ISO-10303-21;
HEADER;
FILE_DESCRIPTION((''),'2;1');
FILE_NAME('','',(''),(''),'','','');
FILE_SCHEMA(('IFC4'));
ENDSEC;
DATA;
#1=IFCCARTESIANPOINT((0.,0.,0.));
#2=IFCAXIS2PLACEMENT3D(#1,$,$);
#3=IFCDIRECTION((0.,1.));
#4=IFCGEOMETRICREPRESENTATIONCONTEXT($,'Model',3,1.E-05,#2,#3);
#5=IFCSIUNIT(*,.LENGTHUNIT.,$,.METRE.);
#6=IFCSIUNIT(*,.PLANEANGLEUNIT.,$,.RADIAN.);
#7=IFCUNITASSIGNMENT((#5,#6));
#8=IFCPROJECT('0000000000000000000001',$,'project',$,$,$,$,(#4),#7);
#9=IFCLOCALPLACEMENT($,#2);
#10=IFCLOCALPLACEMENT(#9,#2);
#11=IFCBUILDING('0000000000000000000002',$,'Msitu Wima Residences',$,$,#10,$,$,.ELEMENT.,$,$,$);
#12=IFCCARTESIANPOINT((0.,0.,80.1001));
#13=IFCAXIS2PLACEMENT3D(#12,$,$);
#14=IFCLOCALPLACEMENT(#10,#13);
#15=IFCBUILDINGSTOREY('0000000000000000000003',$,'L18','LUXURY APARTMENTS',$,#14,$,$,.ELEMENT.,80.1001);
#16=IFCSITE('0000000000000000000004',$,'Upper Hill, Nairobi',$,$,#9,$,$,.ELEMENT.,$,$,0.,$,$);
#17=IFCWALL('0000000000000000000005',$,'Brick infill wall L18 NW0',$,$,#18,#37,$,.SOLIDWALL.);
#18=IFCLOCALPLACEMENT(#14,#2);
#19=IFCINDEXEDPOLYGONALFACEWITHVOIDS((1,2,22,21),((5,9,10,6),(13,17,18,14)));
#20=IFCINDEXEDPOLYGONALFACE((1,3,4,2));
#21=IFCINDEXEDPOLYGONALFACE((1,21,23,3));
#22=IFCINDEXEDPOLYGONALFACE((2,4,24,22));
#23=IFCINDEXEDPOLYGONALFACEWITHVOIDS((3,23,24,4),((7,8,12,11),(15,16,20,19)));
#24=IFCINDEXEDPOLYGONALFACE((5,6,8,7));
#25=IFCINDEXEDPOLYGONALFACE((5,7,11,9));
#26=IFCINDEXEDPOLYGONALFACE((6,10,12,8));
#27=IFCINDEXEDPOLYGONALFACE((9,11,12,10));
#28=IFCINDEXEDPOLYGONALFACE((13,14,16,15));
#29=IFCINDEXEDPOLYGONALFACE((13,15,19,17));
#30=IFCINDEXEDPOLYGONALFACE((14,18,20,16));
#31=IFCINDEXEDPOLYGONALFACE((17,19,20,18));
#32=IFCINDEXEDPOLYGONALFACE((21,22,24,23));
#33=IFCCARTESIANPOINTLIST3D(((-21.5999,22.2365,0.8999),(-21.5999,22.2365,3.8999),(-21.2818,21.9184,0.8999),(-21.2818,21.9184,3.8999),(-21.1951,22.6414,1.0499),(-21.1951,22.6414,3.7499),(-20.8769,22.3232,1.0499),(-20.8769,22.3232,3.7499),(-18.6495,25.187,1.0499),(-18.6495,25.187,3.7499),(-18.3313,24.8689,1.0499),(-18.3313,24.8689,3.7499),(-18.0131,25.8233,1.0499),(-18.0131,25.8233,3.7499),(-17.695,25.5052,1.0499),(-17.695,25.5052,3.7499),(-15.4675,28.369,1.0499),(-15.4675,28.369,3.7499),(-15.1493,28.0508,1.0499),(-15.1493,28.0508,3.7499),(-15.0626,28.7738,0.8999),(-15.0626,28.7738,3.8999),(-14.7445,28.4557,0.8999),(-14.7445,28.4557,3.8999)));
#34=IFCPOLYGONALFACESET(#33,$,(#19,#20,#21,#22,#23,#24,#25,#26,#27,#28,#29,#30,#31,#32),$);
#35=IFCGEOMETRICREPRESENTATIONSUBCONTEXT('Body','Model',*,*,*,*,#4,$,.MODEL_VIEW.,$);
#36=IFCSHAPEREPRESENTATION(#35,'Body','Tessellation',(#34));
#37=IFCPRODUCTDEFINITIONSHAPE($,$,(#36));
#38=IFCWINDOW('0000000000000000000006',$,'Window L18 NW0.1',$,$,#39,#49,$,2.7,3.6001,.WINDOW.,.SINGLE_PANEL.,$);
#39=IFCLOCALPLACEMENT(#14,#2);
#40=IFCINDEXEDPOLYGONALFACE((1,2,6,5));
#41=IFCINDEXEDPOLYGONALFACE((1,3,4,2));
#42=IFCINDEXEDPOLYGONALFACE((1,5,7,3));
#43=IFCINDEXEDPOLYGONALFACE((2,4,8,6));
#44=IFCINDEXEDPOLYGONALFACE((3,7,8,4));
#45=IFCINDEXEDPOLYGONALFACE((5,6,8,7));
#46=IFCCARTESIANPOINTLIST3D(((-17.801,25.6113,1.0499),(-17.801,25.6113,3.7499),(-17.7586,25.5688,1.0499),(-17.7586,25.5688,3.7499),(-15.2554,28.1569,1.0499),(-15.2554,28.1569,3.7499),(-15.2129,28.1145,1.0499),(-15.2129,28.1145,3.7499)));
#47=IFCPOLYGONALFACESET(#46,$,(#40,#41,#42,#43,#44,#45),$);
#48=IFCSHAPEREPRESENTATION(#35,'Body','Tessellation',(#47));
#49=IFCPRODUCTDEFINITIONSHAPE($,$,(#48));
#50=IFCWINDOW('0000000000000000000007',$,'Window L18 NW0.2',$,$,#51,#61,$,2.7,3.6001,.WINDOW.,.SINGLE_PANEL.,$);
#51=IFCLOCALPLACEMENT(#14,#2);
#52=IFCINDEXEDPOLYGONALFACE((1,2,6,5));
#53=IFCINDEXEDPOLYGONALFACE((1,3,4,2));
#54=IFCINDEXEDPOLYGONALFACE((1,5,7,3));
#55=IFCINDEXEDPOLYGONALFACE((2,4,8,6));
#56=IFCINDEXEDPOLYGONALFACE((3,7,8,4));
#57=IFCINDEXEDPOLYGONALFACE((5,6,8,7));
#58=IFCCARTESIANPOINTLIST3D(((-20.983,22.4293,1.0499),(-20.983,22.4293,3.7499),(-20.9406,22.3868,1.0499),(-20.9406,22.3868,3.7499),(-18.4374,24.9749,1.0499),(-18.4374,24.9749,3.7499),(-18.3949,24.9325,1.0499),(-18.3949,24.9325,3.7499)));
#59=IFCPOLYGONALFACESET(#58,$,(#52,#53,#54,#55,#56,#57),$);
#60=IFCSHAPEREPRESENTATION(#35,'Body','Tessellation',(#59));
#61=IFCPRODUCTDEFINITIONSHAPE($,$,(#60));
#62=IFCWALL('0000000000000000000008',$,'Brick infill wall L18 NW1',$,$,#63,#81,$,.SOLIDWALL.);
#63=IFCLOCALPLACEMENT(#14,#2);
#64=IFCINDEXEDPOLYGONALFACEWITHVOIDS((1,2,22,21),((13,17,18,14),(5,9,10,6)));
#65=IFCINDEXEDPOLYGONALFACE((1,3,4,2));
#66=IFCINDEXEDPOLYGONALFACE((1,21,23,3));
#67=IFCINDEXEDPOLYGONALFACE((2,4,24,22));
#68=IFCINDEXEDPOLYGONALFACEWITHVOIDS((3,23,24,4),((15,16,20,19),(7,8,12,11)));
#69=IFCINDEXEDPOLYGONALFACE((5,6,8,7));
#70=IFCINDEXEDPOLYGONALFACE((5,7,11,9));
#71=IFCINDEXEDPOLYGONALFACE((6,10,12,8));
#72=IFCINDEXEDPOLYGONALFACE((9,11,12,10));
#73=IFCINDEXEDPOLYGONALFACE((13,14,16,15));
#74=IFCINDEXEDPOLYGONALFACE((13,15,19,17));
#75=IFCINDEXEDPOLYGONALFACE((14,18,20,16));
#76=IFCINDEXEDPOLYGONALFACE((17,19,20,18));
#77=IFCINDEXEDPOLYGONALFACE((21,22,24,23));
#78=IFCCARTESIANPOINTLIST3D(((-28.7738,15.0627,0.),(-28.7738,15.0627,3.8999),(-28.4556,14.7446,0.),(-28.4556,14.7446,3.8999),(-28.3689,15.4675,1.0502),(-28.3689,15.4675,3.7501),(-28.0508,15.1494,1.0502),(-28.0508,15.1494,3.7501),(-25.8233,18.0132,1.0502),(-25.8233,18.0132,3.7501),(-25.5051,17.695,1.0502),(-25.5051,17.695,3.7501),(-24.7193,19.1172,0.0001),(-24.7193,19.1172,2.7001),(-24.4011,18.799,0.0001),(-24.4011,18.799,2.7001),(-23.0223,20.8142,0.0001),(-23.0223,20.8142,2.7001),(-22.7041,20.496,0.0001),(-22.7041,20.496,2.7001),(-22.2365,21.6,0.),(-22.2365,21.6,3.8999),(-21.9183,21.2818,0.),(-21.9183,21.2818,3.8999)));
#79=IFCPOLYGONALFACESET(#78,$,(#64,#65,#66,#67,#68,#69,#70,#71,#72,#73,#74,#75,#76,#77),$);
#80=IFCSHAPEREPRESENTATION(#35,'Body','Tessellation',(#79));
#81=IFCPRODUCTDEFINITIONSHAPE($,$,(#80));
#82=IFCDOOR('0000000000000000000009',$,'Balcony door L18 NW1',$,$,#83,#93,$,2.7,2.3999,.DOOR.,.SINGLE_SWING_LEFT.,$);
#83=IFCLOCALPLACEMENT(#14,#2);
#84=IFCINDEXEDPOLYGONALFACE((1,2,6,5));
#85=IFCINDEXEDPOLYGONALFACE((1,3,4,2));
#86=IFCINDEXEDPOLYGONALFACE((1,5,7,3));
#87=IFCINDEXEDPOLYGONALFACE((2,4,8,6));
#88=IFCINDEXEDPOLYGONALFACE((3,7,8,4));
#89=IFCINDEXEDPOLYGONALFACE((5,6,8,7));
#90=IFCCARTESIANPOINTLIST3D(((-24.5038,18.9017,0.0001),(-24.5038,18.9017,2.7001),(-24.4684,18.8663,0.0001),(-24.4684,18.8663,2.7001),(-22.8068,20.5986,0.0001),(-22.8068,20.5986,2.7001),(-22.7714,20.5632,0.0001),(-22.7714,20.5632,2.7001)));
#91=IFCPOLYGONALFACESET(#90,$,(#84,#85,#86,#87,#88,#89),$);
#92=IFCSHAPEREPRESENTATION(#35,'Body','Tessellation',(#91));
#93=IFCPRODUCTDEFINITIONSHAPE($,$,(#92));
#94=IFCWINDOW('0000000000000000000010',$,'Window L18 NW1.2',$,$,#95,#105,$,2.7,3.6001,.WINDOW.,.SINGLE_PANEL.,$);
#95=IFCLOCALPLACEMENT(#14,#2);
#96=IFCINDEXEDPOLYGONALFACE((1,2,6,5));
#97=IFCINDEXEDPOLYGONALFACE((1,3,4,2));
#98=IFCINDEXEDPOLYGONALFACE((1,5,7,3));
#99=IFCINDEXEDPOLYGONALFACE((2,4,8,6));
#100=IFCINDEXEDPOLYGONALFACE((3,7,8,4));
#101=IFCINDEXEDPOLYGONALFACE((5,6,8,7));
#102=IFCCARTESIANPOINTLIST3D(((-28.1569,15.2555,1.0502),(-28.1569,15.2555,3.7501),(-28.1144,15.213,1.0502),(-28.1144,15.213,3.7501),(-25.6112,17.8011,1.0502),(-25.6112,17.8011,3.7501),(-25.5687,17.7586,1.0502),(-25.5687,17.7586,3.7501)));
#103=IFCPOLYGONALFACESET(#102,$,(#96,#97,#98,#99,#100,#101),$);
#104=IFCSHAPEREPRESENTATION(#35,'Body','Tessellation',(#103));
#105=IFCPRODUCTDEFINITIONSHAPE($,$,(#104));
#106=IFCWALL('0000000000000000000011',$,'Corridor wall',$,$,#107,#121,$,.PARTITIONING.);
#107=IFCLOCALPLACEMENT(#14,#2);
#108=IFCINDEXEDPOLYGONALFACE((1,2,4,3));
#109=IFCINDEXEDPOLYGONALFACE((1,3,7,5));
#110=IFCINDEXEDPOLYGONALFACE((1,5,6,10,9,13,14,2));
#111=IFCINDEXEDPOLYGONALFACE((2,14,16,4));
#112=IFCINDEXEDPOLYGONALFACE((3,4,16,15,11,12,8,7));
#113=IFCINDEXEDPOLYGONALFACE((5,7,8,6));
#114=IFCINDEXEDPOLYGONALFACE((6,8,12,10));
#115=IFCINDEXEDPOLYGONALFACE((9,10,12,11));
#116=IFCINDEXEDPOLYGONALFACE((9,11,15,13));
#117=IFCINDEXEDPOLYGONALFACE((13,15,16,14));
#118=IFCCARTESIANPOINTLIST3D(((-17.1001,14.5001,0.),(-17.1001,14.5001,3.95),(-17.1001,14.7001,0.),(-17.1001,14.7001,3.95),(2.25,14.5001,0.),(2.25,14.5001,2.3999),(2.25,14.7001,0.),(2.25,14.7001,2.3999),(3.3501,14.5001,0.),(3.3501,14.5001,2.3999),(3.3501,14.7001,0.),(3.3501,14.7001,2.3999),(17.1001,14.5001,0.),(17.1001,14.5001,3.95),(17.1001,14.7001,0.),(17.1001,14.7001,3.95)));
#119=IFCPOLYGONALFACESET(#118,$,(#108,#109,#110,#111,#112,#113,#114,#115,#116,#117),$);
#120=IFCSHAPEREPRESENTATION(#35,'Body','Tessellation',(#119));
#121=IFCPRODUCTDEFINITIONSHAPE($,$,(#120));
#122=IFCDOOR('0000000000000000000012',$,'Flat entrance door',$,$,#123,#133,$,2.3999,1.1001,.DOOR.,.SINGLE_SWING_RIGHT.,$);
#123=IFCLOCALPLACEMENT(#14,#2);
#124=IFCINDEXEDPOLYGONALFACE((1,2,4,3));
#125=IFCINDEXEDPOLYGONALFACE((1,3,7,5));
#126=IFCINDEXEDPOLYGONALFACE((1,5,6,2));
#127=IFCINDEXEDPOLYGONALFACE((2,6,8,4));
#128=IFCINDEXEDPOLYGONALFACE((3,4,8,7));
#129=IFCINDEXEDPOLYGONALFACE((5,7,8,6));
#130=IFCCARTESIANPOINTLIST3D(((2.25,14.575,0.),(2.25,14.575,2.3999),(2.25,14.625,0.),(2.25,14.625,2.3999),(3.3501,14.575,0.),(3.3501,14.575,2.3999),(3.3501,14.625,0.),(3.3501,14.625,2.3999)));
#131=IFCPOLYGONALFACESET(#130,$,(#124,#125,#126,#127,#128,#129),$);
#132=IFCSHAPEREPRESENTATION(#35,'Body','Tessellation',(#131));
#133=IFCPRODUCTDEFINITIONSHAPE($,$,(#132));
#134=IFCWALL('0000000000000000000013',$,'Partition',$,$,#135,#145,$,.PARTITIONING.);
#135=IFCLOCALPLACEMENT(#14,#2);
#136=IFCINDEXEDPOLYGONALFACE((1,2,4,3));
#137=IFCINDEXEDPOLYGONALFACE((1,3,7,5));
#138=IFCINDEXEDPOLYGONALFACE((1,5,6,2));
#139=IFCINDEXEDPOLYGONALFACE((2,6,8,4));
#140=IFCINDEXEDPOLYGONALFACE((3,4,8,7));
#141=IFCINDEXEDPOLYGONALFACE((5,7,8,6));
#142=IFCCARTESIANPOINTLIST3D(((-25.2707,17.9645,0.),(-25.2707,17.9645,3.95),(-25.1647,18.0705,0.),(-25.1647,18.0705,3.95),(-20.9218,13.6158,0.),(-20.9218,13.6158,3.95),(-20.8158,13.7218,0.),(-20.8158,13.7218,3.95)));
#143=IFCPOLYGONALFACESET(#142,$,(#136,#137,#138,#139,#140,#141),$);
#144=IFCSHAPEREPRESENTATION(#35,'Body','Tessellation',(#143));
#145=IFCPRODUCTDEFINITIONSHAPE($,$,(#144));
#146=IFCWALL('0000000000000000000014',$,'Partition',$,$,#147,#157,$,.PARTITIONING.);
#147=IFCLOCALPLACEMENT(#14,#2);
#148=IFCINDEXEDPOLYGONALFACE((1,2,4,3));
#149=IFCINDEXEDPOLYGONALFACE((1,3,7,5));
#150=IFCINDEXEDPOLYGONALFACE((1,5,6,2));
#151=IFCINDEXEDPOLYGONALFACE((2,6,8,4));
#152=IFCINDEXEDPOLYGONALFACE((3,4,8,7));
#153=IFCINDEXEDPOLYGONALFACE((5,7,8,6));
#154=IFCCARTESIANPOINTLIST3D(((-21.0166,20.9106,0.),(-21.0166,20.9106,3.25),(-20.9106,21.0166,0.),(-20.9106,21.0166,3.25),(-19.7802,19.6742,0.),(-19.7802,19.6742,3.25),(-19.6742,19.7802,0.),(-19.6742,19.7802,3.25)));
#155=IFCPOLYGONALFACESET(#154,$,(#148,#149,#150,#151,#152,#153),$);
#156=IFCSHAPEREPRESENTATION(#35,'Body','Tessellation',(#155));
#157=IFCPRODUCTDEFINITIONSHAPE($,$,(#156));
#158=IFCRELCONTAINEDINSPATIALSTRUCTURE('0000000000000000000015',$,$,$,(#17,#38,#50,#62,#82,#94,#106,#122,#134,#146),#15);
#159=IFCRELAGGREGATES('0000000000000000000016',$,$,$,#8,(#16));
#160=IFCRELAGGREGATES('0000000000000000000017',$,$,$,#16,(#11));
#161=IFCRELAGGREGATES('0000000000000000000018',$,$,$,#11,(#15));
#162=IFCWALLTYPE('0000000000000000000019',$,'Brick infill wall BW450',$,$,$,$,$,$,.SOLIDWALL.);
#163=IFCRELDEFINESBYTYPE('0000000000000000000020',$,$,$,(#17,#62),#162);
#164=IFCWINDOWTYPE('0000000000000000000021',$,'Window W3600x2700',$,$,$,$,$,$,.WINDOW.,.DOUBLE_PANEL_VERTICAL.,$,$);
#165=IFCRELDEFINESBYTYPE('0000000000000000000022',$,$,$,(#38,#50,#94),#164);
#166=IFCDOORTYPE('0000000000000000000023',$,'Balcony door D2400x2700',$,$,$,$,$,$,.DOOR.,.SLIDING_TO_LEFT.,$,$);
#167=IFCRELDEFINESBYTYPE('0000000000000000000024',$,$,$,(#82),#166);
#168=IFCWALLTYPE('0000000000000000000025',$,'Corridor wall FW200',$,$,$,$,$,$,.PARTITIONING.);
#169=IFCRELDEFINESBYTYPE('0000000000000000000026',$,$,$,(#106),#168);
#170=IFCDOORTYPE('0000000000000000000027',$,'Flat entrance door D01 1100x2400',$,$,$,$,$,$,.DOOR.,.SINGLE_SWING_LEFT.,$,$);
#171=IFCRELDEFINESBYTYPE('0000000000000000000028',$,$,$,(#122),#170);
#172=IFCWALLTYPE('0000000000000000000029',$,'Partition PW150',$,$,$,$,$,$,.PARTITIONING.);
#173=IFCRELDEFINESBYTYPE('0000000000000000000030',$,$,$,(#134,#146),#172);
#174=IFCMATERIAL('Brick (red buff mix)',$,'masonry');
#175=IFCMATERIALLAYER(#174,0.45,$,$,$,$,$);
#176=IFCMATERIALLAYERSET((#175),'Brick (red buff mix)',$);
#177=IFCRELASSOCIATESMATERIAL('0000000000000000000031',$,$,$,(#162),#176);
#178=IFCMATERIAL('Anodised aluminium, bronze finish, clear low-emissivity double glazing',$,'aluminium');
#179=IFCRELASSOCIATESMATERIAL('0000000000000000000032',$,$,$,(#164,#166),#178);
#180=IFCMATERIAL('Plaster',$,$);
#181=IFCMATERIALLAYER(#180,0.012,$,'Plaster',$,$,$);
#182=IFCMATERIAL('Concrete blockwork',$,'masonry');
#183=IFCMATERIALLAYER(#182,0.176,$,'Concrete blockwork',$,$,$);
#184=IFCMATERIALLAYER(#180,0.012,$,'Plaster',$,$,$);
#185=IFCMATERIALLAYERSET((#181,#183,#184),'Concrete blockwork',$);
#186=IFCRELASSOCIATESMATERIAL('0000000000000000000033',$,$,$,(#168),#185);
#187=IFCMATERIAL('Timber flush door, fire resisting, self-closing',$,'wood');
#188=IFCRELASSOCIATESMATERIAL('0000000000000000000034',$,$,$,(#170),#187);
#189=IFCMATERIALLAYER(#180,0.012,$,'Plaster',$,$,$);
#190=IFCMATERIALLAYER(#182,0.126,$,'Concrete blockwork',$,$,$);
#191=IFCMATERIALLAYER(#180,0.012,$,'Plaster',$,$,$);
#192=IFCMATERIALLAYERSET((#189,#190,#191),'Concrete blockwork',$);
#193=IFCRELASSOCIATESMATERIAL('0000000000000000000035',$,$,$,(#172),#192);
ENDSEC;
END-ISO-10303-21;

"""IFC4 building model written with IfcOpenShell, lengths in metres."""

from ifc_helpers import new_model, si_unit, direction, frame, frame_2d, origin, place, context, subcontext, project, spatial, rectangle, extrude, material, layer, layer_set, type_object, element, fill, save


model = new_model("IFC4")

# Units and contexts
model_context = context("Model", 3, precision=1e-05, world=origin(), true_north=direction((0.0, 1.0)))
body_context = subcontext(model_context, "Body", "Model", "MODEL_VIEW")
ifc_project = project(units=[si_unit("LENGTHUNIT", "METRE"), si_unit("PLANEANGLEUNIT", "RADIAN")], contexts=[model_context])

# Site, building, storey
site_placement = place(None, origin())
site = spatial("IfcSite", under=ifc_project, at=site_placement, Name="Upper Hill, Nairobi", CompositionType="ELEMENT", RefElevation=0.0)
building_placement = place(site_placement, origin())
building = spatial("IfcBuilding", under=site, at=building_placement, Name="Msitu Wima Residences", CompositionType="ELEMENT")
storey_placement = place(building_placement, frame((0.0, 0.0, 80.1001)))
storey = spatial("IfcBuildingStorey", under=building, at=storey_placement, Name="L18", Description="LUXURY APARTMENTS", CompositionType="ELEMENT", Elevation=80.1001)

# Wall, openings, windows
ifc_material_1 = material(Name="Brick (red buff mix)", Category="masonry")
ifc_layer_1 = layer(ifc_material_1, 0.45)
ifc_layer_set_1 = layer_set([ifc_layer_1], Name="Brick (red buff mix)")
wall_type_1 = type_object("IfcWallType", Name="Brick infill wall BW450", PredefinedType="SOLIDWALL", material=ifc_layer_set_1)
wall_1_placement = place(storey_placement, frame((-14.9036, 28.6147, 0.8999), z_axis=(0.0, 0.0, 1.0), x_axis=(-0.707107, -0.707107, 0.0)))
wall_1 = element("IfcWall", 1, at=wall_1_placement, inside=storey, type_object=wall_type_1, Name="Brick infill wall L18 NW0", PredefinedType="SOLIDWALL", context=body_context, shape_type="SweptSolid", body=[
    extrude(rectangle(XDim=9.2451, YDim=0.45, at=frame_2d((4.6226, 0.0))), origin(), (0.0, 0.0, 1.0), 3.0),
])
opening_1_placement = place(wall_1_placement, frame((0.5725, 0.0, 0.1499)))
opening_1 = element("IfcOpeningElement", 2, at=opening_1_placement, cuts=wall_1, PredefinedType="OPENING", context=body_context, shape_type="SweptSolid", body=[
    extrude(rectangle(XDim=3.6001, YDim=2.7, at=frame_2d((1.8, 1.3501))), frame((0.0, 0.2349, 0.0), z_axis=(0.0, -1.0, 0.0), x_axis=(1.0, 0.0, 0.0)), (0.0, 0.0, 1.0), 0.47),
])
opening_2_placement = place(wall_1_placement, frame((5.0725, 0.0, 0.1499)))
opening_2 = element("IfcOpeningElement", 3, at=opening_2_placement, cuts=wall_1, PredefinedType="OPENING", context=body_context, shape_type="SweptSolid", body=[
    extrude(rectangle(XDim=3.6001, YDim=2.7, at=frame_2d((1.8, 1.3501))), frame((0.0, 0.2349, 0.0), z_axis=(0.0, -1.0, 0.0), x_axis=(1.0, 0.0, 0.0)), (0.0, 0.0, 1.0), 0.47),
])
ifc_material_2 = material(Name="Anodised aluminium, bronze finish, clear low-emissivity double glazing", Category="aluminium")
window_type = type_object("IfcWindowType", Name="Window W3600x2700", PartitioningType="DOUBLE_PANEL_VERTICAL", PredefinedType="WINDOW", material=ifc_material_2)
window_1_placement = place(opening_1_placement, origin())
window_1 = element("IfcWindow", 4, at=window_1_placement, inside=storey, type_object=window_type, Name="Window L18 NW0.1", OverallHeight=2.7, OverallWidth=3.6001, PartitioningType="SINGLE_PANEL", PredefinedType="WINDOW", context=body_context, shape_type="SweptSolid", body=[
    extrude(rectangle(XDim=3.6001, YDim=2.7, at=frame_2d((1.8, 1.3501))), frame((0.0, 0.135, 0.0), z_axis=(0.0, -1.0, 0.0), x_axis=(1.0, 0.0, 0.0)), (0.0, 0.0, 1.0), 0.0601),
])
fill(opening_1, window_1)
window_2_placement = place(opening_2_placement, origin())
window_2 = element("IfcWindow", 5, at=window_2_placement, inside=storey, type_object=window_type, Name="Window L18 NW0.2", OverallHeight=2.7, OverallWidth=3.6001, PartitioningType="SINGLE_PANEL", PredefinedType="WINDOW", context=body_context, shape_type="SweptSolid", body=[
    extrude(rectangle(XDim=3.6001, YDim=2.7, at=frame_2d((1.8, 1.3501))), frame((0.0, 0.135, 0.0), z_axis=(0.0, -1.0, 0.0), x_axis=(1.0, 0.0, 0.0)), (0.0, 0.0, 1.0), 0.0601),
])
fill(opening_2, window_2)

# Wall, openings, door, window
wall_2_placement = place(storey_placement, frame((-22.0774, 21.4409, 0.0), z_axis=(0.0, 0.0, 1.0), x_axis=(-0.707107, -0.707107, 0.0)))
wall_2 = element("IfcWall", 6, at=wall_2_placement, inside=storey, type_object=wall_type_1, Name="Brick infill wall L18 NW1", PredefinedType="SOLIDWALL", context=body_context, shape_type="SweptSolid", body=[
    extrude(rectangle(XDim=9.2451, YDim=0.45, at=frame_2d((4.6226, 0.0))), origin(), (0.0, 0.0, 1.0), 3.8999),
])
opening_3_placement = place(wall_2_placement, frame((1.1113, 0.0, 0.0)))
opening_3 = element("IfcOpeningElement", 7, at=opening_3_placement, cuts=wall_2, PredefinedType="OPENING", context=body_context, shape_type="SweptSolid", body=[
    extrude(rectangle(XDim=2.3999, YDim=2.7, at=frame_2d((1.2, 1.3501))), frame((0.0, 0.2349, 0.0), z_axis=(0.0, -1.0, 0.0), x_axis=(1.0, 0.0, 0.0)), (0.0, 0.0, 1.0), 0.47),
])
opening_4_placement = place(wall_2_placement, frame((5.0725, 0.0, 1.05)))
opening_4 = element("IfcOpeningElement", 8, at=opening_4_placement, cuts=wall_2, PredefinedType="OPENING", context=body_context, shape_type="SweptSolid", body=[
    extrude(rectangle(XDim=3.6001, YDim=2.7, at=frame_2d((1.8, 1.3501))), frame((0.0, 0.2349, 0.0), z_axis=(0.0, -1.0, 0.0), x_axis=(1.0, 0.0, 0.0)), (0.0, 0.0, 1.0), 0.47),
])
door_type_1 = type_object("IfcDoorType", Name="Balcony door D2400x2700", OperationType="SLIDING_TO_LEFT", PredefinedType="DOOR", material=ifc_material_2)
door_1_placement = place(opening_3_placement, origin())
door_1 = element("IfcDoor", 9, at=door_1_placement, inside=storey, type_object=door_type_1, Name="Balcony door L18 NW1", OperationType="SINGLE_SWING_LEFT", OverallHeight=2.7, OverallWidth=2.3999, PredefinedType="DOOR", context=body_context, shape_type="SweptSolid", body=[
    extrude(rectangle(XDim=2.3999, YDim=2.7, at=frame_2d((1.2, 1.3501))), frame((0.0, 0.1299, 0.0), z_axis=(0.0, -1.0, 0.0), x_axis=(1.0, 0.0, 0.0)), (0.0, 0.0, 1.0), 0.05),
])
fill(opening_3, door_1)
window_3_placement = place(opening_4_placement, origin())
window_3 = element("IfcWindow", 10, at=window_3_placement, inside=storey, type_object=window_type, Name="Window L18 NW1.2", OverallHeight=2.7, OverallWidth=3.6001, PartitioningType="SINGLE_PANEL", PredefinedType="WINDOW", context=body_context, shape_type="SweptSolid", body=[
    extrude(rectangle(XDim=3.6001, YDim=2.7, at=frame_2d((1.8, 1.3501))), frame((0.0, 0.135, 0.0), z_axis=(0.0, -1.0, 0.0), x_axis=(1.0, 0.0, 0.0)), (0.0, 0.0, 1.0), 0.0601),
])
fill(opening_4, window_3)

# Wall, opening, door
ifc_material_3 = material(Name="Plaster")
ifc_layer_2 = layer(ifc_material_3, 0.012, Name="Plaster")
ifc_material_4 = material(Name="Concrete blockwork", Category="masonry")
ifc_layer_3 = layer(ifc_material_4, 0.176, Name="Concrete blockwork")
ifc_layer_4 = layer(ifc_material_3, 0.012, Name="Plaster")
ifc_layer_set_2 = layer_set([ifc_layer_2, ifc_layer_3, ifc_layer_4], Name="Concrete blockwork")
wall_type_2 = type_object("IfcWallType", Name="Corridor wall FW200", PredefinedType="PARTITIONING", material=ifc_layer_set_2)
wall_3_placement = place(storey_placement, frame((-17.1001, 14.6001, 0.0), z_axis=(0.0, 0.0, 1.0), x_axis=(1.0, 0.0, 0.0)))
wall_3 = element("IfcWall", 11, at=wall_3_placement, inside=storey, type_object=wall_type_2, Name="Corridor wall", PredefinedType="PARTITIONING", context=body_context, shape_type="SweptSolid", body=[
    extrude(rectangle(XDim=34.2002, YDim=0.2, at=frame_2d((17.1001, 0.0))), origin(), (0.0, 0.0, 1.0), 3.95),
])
opening_5_placement = place(wall_3_placement, frame((19.3501, 0.0, 0.0)))
opening_5 = element("IfcOpeningElement", 12, at=opening_5_placement, cuts=wall_3, PredefinedType="OPENING", context=body_context, shape_type="SweptSolid", body=[
    extrude(rectangle(XDim=1.1001, YDim=2.3999, at=frame_2d((0.55, 1.2))), frame((0.0, 0.1099, 0.0), z_axis=(0.0, -1.0, 0.0), x_axis=(1.0, 0.0, 0.0)), (0.0, 0.0, 1.0), 0.22),
])
ifc_material_5 = material(Name="Timber flush door, fire resisting, self-closing", Category="wood")
door_type_2 = type_object("IfcDoorType", Name="Flat entrance door D01 1100x2400", OperationType="SINGLE_SWING_LEFT", PredefinedType="DOOR", material=ifc_material_5)
door_2_placement = place(opening_5_placement, origin())
door_2 = element("IfcDoor", 13, at=door_2_placement, inside=storey, type_object=door_type_2, Name="Flat entrance door", OperationType="SINGLE_SWING_RIGHT", OverallHeight=2.3999, OverallWidth=1.1001, PredefinedType="DOOR", context=body_context, shape_type="SweptSolid", body=[
    extrude(rectangle(XDim=1.1001, YDim=2.3999, at=frame_2d((0.55, 1.2))), frame((0.0, 0.0249, 0.0), z_axis=(0.0, -1.0, 0.0), x_axis=(1.0, 0.0, 0.0)), (0.0, 0.0, 1.0), 0.05),
])
fill(opening_5, door_2)

# Walls
ifc_layer_5 = layer(ifc_material_3, 0.012, Name="Plaster")
ifc_layer_6 = layer(ifc_material_4, 0.126, Name="Concrete blockwork")
ifc_layer_7 = layer(ifc_material_3, 0.012, Name="Plaster")
ifc_layer_set_3 = layer_set([ifc_layer_5, ifc_layer_6, ifc_layer_7], Name="Concrete blockwork")
wall_type_3 = type_object("IfcWallType", Name="Partition PW150", PredefinedType="PARTITIONING", material=ifc_layer_set_3)
wall_4_placement = place(storey_placement, frame((-25.2178, 18.0176, 0.0), z_axis=(0.0, 0.0, 1.0), x_axis=(0.707127, -0.707087, 0.0)))
element("IfcWall", 14, at=wall_4_placement, inside=storey, type_object=wall_type_3, Name="Partition", PredefinedType="PARTITIONING", context=body_context, shape_type="SweptSolid", body=[
    extrude(rectangle(XDim=6.1501, YDim=0.1499, at=frame_2d((3.0752, 0.0))), origin(), (0.0, 0.0, 1.0), 3.95),
])
wall_5_placement = place(storey_placement, frame((-20.9636, 20.9636, 0.0), z_axis=(0.0, 0.0, 1.0), x_axis=(0.707107, -0.707107, 0.0)))
element("IfcWall", 15, at=wall_5_placement, inside=storey, type_object=wall_type_3, Name="Partition", PredefinedType="PARTITIONING", context=body_context, shape_type="SweptSolid", body=[
    extrude(rectangle(XDim=1.7485, YDim=0.1499, at=frame_2d((0.8743, 0.0))), origin(), (0.0, 0.0, 1.0), 3.25),
])

save(model, "model.ifc")
